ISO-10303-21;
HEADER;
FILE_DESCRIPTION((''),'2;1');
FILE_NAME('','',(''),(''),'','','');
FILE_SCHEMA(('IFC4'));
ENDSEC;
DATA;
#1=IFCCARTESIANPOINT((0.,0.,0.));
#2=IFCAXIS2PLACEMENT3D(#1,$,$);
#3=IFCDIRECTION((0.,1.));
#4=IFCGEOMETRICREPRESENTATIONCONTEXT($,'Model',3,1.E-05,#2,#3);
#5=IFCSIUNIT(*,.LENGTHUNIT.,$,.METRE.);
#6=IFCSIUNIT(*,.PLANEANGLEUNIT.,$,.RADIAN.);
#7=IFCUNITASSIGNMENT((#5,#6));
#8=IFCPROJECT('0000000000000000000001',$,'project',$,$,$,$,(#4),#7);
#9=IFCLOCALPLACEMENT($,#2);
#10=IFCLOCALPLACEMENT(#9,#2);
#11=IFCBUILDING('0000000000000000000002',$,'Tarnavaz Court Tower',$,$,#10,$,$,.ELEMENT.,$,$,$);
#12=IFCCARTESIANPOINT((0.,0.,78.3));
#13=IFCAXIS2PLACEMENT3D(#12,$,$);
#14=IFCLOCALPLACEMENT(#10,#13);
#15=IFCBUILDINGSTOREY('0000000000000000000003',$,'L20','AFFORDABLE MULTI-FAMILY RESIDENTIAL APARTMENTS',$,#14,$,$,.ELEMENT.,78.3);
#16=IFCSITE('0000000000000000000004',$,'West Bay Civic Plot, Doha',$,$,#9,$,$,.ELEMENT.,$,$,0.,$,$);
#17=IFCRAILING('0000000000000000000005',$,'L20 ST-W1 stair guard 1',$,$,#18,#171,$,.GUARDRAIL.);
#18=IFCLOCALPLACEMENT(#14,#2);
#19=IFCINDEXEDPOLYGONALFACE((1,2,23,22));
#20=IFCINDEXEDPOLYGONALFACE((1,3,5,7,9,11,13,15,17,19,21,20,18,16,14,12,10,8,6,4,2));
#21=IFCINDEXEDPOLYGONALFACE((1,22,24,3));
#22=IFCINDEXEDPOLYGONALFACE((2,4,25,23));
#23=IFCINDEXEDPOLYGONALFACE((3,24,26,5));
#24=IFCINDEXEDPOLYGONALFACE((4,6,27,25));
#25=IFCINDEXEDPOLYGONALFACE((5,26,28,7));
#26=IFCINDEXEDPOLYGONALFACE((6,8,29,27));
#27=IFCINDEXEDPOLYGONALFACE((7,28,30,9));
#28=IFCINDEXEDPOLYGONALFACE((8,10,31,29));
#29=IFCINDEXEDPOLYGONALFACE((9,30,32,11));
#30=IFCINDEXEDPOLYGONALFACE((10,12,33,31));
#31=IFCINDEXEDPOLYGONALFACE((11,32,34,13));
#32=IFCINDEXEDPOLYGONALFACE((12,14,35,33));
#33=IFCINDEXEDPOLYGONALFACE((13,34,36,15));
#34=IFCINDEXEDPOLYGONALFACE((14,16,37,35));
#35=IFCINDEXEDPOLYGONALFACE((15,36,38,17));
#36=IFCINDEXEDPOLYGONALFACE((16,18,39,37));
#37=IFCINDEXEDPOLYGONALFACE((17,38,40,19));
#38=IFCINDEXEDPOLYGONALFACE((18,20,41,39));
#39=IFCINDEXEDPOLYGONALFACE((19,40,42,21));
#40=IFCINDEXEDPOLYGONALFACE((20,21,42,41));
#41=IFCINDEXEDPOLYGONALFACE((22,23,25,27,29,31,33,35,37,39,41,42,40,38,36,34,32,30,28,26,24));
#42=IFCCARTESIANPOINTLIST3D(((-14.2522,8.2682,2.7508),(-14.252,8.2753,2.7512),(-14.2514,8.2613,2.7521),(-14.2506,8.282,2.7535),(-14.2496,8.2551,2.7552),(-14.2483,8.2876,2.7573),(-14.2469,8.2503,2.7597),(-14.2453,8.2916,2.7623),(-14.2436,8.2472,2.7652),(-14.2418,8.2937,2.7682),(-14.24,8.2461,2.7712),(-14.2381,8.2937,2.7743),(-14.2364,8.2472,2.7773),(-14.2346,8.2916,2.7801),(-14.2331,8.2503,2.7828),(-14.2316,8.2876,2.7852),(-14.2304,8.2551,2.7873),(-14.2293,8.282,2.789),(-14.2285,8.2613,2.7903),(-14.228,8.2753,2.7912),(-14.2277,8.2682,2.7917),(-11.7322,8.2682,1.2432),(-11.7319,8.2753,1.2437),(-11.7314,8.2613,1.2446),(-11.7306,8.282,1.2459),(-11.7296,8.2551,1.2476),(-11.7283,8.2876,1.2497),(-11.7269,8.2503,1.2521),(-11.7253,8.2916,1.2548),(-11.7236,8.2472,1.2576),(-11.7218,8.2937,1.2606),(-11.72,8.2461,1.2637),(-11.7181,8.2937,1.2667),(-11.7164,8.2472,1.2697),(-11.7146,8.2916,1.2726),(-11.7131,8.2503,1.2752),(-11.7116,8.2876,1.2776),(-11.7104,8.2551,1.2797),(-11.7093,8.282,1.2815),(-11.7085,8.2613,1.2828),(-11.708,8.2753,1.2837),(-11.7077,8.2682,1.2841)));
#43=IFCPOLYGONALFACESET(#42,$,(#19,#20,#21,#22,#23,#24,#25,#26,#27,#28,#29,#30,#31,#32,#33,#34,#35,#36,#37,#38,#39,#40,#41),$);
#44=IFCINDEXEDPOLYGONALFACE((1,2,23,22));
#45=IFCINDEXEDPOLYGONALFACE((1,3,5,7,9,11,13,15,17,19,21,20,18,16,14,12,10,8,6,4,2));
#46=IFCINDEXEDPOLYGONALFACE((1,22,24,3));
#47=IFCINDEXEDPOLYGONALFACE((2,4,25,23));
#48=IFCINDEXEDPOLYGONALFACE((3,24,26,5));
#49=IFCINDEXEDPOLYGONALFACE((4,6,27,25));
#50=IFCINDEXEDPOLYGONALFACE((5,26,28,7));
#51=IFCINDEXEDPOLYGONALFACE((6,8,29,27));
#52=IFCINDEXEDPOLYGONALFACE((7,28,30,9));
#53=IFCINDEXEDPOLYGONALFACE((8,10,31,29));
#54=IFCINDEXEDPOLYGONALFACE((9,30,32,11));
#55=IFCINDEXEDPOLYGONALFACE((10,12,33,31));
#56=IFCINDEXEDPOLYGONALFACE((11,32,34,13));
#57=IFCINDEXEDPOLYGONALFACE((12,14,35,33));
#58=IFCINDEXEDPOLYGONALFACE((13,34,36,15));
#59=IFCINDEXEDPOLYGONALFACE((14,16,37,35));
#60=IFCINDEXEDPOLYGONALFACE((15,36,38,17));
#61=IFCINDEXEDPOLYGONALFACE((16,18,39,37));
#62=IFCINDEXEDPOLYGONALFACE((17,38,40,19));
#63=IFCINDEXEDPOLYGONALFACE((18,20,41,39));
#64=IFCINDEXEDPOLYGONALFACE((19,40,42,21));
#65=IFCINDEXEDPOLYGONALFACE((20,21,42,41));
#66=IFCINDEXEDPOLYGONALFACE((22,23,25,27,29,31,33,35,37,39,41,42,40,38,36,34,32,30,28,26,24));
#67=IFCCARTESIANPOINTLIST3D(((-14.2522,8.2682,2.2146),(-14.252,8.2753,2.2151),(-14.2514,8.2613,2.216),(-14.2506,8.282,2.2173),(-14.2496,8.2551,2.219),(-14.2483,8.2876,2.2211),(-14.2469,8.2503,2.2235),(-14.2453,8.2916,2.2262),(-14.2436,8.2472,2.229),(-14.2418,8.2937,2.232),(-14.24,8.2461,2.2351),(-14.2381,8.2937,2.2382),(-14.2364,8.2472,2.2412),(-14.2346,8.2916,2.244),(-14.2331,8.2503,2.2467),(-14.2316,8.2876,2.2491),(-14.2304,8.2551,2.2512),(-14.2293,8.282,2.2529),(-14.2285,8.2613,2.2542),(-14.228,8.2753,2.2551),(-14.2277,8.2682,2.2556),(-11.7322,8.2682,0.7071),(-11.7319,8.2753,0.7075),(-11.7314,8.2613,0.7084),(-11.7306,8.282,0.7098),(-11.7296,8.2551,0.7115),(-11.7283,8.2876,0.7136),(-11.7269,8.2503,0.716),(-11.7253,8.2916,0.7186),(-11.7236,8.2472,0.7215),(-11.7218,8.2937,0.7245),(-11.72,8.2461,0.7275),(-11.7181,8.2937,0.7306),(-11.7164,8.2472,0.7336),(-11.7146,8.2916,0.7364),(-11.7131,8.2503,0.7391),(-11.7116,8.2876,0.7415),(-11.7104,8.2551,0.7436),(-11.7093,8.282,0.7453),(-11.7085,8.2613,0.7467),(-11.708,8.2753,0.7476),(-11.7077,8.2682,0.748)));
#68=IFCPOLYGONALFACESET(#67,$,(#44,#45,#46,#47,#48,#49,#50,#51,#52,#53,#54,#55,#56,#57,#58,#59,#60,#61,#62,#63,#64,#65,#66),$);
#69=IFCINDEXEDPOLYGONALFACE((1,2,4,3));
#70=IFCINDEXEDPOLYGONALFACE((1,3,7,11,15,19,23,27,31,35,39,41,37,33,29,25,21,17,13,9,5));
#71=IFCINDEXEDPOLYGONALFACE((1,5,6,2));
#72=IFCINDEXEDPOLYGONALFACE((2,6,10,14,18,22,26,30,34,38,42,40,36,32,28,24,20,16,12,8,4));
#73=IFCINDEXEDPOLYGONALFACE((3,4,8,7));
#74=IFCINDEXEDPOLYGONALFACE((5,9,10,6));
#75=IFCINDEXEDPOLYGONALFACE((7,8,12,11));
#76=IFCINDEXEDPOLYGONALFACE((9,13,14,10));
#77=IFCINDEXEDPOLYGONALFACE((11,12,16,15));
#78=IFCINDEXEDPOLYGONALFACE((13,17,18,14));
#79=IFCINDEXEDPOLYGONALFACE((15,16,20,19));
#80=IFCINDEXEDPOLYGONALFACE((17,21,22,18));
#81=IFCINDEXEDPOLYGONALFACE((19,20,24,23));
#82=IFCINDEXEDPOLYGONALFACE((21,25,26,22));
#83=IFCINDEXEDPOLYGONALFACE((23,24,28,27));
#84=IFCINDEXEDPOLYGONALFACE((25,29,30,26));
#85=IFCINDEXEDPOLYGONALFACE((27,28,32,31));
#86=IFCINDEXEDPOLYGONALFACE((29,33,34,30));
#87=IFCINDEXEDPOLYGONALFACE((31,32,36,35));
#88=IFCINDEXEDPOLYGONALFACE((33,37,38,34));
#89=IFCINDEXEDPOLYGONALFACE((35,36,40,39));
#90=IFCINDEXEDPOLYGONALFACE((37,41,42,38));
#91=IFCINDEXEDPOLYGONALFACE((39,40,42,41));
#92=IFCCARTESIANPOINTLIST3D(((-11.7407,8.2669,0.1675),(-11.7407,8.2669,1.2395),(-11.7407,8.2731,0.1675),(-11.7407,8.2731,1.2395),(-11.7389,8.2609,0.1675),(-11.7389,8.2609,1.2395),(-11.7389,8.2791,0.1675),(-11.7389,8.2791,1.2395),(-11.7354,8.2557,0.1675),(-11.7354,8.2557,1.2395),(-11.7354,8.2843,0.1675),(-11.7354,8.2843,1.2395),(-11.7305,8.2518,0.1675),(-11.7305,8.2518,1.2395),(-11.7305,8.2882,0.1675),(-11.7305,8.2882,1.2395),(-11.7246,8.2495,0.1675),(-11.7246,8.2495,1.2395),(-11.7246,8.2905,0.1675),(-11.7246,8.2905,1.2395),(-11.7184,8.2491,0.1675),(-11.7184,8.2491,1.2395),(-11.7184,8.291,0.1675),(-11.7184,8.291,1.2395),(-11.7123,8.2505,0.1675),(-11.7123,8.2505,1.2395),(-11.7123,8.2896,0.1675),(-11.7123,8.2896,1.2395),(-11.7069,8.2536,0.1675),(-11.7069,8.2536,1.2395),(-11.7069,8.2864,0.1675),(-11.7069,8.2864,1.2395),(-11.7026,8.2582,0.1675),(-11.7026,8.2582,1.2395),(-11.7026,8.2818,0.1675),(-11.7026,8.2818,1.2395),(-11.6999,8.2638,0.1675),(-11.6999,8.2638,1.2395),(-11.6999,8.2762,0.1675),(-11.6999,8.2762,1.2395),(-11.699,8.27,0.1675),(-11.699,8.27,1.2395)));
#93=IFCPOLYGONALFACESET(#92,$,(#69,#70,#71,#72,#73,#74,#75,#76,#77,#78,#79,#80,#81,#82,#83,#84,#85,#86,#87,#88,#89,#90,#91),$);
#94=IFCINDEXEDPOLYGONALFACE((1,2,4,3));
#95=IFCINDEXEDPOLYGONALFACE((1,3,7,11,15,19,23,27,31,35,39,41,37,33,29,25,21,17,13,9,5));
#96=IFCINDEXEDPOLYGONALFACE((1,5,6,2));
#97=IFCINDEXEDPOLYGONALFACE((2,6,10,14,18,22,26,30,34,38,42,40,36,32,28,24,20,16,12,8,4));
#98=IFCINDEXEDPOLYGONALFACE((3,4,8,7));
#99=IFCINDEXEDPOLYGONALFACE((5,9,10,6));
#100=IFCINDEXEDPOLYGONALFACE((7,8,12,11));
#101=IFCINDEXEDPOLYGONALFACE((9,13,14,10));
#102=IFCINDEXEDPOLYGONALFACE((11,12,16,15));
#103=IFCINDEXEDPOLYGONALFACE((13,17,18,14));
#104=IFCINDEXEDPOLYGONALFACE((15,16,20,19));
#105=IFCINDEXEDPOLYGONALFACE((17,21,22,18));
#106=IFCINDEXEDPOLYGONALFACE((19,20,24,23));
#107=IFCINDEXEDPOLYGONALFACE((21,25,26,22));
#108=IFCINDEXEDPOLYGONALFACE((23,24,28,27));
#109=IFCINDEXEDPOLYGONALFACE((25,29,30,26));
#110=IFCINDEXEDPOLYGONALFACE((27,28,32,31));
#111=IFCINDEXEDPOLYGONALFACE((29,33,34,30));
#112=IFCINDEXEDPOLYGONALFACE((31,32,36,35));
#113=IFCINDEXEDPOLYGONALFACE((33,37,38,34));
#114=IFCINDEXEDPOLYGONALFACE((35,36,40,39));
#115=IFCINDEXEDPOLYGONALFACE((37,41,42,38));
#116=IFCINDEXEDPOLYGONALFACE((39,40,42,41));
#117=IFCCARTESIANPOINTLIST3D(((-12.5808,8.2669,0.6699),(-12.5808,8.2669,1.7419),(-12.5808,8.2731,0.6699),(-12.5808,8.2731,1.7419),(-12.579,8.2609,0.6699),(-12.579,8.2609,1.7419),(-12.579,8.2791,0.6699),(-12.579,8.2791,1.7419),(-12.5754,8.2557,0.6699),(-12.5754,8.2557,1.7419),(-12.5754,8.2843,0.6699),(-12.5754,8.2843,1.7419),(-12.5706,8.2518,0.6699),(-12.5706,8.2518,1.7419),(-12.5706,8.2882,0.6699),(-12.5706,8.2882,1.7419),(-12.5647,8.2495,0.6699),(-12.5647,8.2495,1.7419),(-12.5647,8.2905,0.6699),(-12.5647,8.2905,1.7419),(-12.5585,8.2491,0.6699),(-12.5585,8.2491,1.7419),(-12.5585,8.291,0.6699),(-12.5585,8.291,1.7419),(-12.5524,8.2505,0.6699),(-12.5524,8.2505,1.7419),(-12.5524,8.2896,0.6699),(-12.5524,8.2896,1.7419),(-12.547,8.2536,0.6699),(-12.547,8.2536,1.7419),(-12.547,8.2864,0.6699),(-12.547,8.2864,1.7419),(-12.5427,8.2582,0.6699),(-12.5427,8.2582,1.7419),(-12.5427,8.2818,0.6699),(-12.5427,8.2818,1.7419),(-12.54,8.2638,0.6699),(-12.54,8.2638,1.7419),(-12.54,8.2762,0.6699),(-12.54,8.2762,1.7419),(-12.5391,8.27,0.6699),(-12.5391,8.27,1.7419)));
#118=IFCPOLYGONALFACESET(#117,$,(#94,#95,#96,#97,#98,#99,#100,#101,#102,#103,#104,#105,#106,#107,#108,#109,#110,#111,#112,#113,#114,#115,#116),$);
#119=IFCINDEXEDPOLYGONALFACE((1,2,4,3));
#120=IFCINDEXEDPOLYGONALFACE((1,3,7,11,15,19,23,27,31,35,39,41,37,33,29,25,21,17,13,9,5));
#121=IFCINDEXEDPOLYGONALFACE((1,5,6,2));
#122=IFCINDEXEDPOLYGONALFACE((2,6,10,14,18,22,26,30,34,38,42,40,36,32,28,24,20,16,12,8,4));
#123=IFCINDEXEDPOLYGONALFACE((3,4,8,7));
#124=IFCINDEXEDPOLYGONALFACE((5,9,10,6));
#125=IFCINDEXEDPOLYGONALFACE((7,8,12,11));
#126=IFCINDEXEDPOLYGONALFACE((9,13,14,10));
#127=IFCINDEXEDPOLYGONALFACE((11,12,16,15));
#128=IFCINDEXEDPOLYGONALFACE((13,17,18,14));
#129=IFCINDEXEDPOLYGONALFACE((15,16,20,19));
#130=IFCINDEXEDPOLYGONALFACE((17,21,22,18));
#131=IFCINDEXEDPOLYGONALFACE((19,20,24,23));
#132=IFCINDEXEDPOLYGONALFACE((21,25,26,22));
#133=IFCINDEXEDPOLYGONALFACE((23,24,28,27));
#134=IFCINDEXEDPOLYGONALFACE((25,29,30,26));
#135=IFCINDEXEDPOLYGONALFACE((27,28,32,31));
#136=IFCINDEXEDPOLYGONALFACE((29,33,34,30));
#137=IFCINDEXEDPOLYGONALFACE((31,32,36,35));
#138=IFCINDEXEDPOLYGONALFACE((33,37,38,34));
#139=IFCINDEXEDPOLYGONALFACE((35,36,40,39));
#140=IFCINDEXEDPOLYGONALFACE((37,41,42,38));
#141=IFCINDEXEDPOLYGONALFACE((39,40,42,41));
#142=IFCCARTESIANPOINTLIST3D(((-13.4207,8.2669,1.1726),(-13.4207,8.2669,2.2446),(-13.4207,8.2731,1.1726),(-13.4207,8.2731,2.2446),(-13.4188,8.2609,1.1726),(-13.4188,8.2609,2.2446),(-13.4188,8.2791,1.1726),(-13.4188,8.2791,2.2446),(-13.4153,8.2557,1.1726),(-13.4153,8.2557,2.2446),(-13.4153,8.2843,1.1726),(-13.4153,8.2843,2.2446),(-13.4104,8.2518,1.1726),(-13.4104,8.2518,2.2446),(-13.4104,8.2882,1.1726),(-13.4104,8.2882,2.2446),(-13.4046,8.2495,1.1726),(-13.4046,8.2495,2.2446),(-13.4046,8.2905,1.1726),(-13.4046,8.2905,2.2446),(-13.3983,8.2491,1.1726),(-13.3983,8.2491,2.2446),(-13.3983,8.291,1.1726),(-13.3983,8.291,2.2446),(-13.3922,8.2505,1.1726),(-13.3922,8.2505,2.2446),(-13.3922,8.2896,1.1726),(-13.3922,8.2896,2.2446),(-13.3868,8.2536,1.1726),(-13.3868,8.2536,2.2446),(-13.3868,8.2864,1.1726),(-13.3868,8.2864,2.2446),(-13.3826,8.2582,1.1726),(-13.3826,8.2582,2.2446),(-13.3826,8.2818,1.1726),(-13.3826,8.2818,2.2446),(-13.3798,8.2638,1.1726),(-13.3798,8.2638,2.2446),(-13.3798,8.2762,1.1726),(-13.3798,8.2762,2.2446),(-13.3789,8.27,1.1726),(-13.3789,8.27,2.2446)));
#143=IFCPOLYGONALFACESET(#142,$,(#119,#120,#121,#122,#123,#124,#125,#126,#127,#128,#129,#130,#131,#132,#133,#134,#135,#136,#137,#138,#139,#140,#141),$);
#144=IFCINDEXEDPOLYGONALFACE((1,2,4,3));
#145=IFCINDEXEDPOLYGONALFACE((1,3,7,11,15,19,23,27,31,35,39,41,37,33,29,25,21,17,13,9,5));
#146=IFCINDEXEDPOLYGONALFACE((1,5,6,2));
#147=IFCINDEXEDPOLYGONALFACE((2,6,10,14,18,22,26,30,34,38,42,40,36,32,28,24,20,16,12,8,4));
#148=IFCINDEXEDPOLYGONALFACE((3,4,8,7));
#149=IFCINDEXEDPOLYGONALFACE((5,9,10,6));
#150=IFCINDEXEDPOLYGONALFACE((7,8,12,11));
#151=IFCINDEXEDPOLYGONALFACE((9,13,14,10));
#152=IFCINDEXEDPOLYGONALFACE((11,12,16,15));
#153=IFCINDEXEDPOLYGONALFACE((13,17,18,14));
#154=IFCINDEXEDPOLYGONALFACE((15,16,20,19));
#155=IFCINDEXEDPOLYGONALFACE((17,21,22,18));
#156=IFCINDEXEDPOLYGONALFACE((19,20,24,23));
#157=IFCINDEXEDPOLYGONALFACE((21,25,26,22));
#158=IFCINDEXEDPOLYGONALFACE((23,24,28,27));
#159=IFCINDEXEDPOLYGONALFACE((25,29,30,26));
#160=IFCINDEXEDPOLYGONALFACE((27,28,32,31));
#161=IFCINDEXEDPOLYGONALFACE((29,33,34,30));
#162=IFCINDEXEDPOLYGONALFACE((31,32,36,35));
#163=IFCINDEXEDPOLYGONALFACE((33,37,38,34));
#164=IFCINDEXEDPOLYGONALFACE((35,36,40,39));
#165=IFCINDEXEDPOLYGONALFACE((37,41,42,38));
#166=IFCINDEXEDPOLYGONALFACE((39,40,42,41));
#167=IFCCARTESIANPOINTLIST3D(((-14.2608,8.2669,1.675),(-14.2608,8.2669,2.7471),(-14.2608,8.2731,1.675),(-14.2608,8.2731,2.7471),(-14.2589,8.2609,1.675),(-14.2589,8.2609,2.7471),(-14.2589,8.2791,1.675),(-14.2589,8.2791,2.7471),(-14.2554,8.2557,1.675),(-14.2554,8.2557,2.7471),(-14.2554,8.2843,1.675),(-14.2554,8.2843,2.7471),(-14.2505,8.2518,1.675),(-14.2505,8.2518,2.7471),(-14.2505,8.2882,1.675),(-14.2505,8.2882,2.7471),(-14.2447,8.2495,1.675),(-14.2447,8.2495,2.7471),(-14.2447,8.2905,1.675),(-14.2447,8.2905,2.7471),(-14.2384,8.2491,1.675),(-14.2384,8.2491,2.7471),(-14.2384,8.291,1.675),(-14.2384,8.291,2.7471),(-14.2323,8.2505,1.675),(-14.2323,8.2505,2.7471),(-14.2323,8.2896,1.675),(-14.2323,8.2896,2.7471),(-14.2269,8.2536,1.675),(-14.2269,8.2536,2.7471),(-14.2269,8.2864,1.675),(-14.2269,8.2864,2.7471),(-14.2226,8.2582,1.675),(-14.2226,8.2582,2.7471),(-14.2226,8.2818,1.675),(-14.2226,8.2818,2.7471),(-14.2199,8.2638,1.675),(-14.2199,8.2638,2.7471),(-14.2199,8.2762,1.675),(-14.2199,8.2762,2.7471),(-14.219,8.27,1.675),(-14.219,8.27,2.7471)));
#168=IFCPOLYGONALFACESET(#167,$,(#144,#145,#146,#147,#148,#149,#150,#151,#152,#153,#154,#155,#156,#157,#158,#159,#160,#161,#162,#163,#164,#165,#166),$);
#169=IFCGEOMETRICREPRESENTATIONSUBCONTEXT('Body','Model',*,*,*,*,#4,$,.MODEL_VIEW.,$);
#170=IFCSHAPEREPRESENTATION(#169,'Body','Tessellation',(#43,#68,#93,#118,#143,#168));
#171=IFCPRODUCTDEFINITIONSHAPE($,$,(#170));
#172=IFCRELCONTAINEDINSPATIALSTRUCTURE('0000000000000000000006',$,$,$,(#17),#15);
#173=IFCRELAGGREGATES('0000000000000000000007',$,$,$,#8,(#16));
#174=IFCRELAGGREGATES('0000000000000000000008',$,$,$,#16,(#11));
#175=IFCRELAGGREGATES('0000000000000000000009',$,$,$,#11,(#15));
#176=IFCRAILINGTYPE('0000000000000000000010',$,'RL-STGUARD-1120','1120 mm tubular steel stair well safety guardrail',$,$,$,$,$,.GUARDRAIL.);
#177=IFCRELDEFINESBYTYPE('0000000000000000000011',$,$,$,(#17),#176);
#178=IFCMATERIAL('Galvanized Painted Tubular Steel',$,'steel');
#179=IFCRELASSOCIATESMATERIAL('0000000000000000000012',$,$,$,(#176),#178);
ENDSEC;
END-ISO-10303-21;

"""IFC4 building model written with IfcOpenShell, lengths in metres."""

from ifc_helpers import new_model, si_unit, direction, frame, origin, origin_2d, place, context, subcontext, project, spatial, circle, extrude, material, type_object, element, save


model = new_model("IFC4")

# Units and contexts
model_context = context("Model", 3, precision=1e-05, world=origin(), true_north=direction((0.0, 1.0)))
body_context = subcontext(model_context, "Body", "Model", "MODEL_VIEW")
ifc_project = project(units=[si_unit("LENGTHUNIT", "METRE"), si_unit("PLANEANGLEUNIT", "RADIAN")], contexts=[model_context])

# Site, building, storey
site_placement = place(None, origin())
site = spatial("IfcSite", under=ifc_project, at=site_placement, Name="West Bay Civic Plot, Doha", CompositionType="ELEMENT", RefElevation=0.0)
building_placement = place(site_placement, origin())
building = spatial("IfcBuilding", under=site, at=building_placement, Name="Tarnavaz Court Tower", CompositionType="ELEMENT")
storey_placement = place(building_placement, frame((0.0, 0.0, 78.3)))
storey = spatial("IfcBuildingStorey", under=building, at=storey_placement, Name="L20", Description="AFFORDABLE MULTI-FAMILY RESIDENTIAL APARTMENTS", CompositionType="ELEMENT", Elevation=78.3)

# Railing
ifc_material_1 = material(Name="Galvanized Painted Tubular Steel", Category="steel")
railing_type_1 = type_object("IfcRailingType", Name="RL-STGUARD-1120", Description="1120 mm tubular steel stair well safety guardrail", PredefinedType="GUARDRAIL", material=ifc_material_1)
railing_1_placement = place(storey_placement, frame((-11.72, 8.27, 0.1675)))
element("IfcRailing", 1, at=railing_1_placement, inside=storey, type_object=railing_type_1, Name="L20 ST-W1 stair guard 1", PredefinedType="GUARDRAIL", context=body_context, shape_type="SweptSolid", body=[
    extrude(circle(Radius=0.0239, at=origin_2d()), frame((0.0, 0.0, 1.0962), z_axis=(-0.85816, 0.0, 0.513383), x_axis=(0.0, -1.0, 0.0)), (0.0, 0.0, 1.0), 2.9365),
    extrude(circle(Radius=0.0239, at=origin_2d()), frame((0.0, 0.0, 0.5601), z_axis=(-0.85816, 0.0, 0.513383), x_axis=(0.0, -1.0, 0.0)), (0.0, 0.0, 1.0), 2.9365),
    extrude(circle(Radius=0.021, at=origin_2d()), origin(), (0.0, 0.0, 1.0), 1.072),
    extrude(circle(Radius=0.021, at=origin_2d()), frame((-0.8401, 0.0, 0.5024)), (0.0, 0.0, 1.0), 1.072),
    extrude(circle(Radius=0.021, at=origin_2d()), frame((-1.6799, 0.0, 1.0051)), (0.0, 0.0, 1.0), 1.072),
    extrude(circle(Radius=0.021, at=origin_2d()), frame((-2.52, 0.0, 1.5076)), (0.0, 0.0, 1.0), 1.072),
])

save(model, "model.ifc")
